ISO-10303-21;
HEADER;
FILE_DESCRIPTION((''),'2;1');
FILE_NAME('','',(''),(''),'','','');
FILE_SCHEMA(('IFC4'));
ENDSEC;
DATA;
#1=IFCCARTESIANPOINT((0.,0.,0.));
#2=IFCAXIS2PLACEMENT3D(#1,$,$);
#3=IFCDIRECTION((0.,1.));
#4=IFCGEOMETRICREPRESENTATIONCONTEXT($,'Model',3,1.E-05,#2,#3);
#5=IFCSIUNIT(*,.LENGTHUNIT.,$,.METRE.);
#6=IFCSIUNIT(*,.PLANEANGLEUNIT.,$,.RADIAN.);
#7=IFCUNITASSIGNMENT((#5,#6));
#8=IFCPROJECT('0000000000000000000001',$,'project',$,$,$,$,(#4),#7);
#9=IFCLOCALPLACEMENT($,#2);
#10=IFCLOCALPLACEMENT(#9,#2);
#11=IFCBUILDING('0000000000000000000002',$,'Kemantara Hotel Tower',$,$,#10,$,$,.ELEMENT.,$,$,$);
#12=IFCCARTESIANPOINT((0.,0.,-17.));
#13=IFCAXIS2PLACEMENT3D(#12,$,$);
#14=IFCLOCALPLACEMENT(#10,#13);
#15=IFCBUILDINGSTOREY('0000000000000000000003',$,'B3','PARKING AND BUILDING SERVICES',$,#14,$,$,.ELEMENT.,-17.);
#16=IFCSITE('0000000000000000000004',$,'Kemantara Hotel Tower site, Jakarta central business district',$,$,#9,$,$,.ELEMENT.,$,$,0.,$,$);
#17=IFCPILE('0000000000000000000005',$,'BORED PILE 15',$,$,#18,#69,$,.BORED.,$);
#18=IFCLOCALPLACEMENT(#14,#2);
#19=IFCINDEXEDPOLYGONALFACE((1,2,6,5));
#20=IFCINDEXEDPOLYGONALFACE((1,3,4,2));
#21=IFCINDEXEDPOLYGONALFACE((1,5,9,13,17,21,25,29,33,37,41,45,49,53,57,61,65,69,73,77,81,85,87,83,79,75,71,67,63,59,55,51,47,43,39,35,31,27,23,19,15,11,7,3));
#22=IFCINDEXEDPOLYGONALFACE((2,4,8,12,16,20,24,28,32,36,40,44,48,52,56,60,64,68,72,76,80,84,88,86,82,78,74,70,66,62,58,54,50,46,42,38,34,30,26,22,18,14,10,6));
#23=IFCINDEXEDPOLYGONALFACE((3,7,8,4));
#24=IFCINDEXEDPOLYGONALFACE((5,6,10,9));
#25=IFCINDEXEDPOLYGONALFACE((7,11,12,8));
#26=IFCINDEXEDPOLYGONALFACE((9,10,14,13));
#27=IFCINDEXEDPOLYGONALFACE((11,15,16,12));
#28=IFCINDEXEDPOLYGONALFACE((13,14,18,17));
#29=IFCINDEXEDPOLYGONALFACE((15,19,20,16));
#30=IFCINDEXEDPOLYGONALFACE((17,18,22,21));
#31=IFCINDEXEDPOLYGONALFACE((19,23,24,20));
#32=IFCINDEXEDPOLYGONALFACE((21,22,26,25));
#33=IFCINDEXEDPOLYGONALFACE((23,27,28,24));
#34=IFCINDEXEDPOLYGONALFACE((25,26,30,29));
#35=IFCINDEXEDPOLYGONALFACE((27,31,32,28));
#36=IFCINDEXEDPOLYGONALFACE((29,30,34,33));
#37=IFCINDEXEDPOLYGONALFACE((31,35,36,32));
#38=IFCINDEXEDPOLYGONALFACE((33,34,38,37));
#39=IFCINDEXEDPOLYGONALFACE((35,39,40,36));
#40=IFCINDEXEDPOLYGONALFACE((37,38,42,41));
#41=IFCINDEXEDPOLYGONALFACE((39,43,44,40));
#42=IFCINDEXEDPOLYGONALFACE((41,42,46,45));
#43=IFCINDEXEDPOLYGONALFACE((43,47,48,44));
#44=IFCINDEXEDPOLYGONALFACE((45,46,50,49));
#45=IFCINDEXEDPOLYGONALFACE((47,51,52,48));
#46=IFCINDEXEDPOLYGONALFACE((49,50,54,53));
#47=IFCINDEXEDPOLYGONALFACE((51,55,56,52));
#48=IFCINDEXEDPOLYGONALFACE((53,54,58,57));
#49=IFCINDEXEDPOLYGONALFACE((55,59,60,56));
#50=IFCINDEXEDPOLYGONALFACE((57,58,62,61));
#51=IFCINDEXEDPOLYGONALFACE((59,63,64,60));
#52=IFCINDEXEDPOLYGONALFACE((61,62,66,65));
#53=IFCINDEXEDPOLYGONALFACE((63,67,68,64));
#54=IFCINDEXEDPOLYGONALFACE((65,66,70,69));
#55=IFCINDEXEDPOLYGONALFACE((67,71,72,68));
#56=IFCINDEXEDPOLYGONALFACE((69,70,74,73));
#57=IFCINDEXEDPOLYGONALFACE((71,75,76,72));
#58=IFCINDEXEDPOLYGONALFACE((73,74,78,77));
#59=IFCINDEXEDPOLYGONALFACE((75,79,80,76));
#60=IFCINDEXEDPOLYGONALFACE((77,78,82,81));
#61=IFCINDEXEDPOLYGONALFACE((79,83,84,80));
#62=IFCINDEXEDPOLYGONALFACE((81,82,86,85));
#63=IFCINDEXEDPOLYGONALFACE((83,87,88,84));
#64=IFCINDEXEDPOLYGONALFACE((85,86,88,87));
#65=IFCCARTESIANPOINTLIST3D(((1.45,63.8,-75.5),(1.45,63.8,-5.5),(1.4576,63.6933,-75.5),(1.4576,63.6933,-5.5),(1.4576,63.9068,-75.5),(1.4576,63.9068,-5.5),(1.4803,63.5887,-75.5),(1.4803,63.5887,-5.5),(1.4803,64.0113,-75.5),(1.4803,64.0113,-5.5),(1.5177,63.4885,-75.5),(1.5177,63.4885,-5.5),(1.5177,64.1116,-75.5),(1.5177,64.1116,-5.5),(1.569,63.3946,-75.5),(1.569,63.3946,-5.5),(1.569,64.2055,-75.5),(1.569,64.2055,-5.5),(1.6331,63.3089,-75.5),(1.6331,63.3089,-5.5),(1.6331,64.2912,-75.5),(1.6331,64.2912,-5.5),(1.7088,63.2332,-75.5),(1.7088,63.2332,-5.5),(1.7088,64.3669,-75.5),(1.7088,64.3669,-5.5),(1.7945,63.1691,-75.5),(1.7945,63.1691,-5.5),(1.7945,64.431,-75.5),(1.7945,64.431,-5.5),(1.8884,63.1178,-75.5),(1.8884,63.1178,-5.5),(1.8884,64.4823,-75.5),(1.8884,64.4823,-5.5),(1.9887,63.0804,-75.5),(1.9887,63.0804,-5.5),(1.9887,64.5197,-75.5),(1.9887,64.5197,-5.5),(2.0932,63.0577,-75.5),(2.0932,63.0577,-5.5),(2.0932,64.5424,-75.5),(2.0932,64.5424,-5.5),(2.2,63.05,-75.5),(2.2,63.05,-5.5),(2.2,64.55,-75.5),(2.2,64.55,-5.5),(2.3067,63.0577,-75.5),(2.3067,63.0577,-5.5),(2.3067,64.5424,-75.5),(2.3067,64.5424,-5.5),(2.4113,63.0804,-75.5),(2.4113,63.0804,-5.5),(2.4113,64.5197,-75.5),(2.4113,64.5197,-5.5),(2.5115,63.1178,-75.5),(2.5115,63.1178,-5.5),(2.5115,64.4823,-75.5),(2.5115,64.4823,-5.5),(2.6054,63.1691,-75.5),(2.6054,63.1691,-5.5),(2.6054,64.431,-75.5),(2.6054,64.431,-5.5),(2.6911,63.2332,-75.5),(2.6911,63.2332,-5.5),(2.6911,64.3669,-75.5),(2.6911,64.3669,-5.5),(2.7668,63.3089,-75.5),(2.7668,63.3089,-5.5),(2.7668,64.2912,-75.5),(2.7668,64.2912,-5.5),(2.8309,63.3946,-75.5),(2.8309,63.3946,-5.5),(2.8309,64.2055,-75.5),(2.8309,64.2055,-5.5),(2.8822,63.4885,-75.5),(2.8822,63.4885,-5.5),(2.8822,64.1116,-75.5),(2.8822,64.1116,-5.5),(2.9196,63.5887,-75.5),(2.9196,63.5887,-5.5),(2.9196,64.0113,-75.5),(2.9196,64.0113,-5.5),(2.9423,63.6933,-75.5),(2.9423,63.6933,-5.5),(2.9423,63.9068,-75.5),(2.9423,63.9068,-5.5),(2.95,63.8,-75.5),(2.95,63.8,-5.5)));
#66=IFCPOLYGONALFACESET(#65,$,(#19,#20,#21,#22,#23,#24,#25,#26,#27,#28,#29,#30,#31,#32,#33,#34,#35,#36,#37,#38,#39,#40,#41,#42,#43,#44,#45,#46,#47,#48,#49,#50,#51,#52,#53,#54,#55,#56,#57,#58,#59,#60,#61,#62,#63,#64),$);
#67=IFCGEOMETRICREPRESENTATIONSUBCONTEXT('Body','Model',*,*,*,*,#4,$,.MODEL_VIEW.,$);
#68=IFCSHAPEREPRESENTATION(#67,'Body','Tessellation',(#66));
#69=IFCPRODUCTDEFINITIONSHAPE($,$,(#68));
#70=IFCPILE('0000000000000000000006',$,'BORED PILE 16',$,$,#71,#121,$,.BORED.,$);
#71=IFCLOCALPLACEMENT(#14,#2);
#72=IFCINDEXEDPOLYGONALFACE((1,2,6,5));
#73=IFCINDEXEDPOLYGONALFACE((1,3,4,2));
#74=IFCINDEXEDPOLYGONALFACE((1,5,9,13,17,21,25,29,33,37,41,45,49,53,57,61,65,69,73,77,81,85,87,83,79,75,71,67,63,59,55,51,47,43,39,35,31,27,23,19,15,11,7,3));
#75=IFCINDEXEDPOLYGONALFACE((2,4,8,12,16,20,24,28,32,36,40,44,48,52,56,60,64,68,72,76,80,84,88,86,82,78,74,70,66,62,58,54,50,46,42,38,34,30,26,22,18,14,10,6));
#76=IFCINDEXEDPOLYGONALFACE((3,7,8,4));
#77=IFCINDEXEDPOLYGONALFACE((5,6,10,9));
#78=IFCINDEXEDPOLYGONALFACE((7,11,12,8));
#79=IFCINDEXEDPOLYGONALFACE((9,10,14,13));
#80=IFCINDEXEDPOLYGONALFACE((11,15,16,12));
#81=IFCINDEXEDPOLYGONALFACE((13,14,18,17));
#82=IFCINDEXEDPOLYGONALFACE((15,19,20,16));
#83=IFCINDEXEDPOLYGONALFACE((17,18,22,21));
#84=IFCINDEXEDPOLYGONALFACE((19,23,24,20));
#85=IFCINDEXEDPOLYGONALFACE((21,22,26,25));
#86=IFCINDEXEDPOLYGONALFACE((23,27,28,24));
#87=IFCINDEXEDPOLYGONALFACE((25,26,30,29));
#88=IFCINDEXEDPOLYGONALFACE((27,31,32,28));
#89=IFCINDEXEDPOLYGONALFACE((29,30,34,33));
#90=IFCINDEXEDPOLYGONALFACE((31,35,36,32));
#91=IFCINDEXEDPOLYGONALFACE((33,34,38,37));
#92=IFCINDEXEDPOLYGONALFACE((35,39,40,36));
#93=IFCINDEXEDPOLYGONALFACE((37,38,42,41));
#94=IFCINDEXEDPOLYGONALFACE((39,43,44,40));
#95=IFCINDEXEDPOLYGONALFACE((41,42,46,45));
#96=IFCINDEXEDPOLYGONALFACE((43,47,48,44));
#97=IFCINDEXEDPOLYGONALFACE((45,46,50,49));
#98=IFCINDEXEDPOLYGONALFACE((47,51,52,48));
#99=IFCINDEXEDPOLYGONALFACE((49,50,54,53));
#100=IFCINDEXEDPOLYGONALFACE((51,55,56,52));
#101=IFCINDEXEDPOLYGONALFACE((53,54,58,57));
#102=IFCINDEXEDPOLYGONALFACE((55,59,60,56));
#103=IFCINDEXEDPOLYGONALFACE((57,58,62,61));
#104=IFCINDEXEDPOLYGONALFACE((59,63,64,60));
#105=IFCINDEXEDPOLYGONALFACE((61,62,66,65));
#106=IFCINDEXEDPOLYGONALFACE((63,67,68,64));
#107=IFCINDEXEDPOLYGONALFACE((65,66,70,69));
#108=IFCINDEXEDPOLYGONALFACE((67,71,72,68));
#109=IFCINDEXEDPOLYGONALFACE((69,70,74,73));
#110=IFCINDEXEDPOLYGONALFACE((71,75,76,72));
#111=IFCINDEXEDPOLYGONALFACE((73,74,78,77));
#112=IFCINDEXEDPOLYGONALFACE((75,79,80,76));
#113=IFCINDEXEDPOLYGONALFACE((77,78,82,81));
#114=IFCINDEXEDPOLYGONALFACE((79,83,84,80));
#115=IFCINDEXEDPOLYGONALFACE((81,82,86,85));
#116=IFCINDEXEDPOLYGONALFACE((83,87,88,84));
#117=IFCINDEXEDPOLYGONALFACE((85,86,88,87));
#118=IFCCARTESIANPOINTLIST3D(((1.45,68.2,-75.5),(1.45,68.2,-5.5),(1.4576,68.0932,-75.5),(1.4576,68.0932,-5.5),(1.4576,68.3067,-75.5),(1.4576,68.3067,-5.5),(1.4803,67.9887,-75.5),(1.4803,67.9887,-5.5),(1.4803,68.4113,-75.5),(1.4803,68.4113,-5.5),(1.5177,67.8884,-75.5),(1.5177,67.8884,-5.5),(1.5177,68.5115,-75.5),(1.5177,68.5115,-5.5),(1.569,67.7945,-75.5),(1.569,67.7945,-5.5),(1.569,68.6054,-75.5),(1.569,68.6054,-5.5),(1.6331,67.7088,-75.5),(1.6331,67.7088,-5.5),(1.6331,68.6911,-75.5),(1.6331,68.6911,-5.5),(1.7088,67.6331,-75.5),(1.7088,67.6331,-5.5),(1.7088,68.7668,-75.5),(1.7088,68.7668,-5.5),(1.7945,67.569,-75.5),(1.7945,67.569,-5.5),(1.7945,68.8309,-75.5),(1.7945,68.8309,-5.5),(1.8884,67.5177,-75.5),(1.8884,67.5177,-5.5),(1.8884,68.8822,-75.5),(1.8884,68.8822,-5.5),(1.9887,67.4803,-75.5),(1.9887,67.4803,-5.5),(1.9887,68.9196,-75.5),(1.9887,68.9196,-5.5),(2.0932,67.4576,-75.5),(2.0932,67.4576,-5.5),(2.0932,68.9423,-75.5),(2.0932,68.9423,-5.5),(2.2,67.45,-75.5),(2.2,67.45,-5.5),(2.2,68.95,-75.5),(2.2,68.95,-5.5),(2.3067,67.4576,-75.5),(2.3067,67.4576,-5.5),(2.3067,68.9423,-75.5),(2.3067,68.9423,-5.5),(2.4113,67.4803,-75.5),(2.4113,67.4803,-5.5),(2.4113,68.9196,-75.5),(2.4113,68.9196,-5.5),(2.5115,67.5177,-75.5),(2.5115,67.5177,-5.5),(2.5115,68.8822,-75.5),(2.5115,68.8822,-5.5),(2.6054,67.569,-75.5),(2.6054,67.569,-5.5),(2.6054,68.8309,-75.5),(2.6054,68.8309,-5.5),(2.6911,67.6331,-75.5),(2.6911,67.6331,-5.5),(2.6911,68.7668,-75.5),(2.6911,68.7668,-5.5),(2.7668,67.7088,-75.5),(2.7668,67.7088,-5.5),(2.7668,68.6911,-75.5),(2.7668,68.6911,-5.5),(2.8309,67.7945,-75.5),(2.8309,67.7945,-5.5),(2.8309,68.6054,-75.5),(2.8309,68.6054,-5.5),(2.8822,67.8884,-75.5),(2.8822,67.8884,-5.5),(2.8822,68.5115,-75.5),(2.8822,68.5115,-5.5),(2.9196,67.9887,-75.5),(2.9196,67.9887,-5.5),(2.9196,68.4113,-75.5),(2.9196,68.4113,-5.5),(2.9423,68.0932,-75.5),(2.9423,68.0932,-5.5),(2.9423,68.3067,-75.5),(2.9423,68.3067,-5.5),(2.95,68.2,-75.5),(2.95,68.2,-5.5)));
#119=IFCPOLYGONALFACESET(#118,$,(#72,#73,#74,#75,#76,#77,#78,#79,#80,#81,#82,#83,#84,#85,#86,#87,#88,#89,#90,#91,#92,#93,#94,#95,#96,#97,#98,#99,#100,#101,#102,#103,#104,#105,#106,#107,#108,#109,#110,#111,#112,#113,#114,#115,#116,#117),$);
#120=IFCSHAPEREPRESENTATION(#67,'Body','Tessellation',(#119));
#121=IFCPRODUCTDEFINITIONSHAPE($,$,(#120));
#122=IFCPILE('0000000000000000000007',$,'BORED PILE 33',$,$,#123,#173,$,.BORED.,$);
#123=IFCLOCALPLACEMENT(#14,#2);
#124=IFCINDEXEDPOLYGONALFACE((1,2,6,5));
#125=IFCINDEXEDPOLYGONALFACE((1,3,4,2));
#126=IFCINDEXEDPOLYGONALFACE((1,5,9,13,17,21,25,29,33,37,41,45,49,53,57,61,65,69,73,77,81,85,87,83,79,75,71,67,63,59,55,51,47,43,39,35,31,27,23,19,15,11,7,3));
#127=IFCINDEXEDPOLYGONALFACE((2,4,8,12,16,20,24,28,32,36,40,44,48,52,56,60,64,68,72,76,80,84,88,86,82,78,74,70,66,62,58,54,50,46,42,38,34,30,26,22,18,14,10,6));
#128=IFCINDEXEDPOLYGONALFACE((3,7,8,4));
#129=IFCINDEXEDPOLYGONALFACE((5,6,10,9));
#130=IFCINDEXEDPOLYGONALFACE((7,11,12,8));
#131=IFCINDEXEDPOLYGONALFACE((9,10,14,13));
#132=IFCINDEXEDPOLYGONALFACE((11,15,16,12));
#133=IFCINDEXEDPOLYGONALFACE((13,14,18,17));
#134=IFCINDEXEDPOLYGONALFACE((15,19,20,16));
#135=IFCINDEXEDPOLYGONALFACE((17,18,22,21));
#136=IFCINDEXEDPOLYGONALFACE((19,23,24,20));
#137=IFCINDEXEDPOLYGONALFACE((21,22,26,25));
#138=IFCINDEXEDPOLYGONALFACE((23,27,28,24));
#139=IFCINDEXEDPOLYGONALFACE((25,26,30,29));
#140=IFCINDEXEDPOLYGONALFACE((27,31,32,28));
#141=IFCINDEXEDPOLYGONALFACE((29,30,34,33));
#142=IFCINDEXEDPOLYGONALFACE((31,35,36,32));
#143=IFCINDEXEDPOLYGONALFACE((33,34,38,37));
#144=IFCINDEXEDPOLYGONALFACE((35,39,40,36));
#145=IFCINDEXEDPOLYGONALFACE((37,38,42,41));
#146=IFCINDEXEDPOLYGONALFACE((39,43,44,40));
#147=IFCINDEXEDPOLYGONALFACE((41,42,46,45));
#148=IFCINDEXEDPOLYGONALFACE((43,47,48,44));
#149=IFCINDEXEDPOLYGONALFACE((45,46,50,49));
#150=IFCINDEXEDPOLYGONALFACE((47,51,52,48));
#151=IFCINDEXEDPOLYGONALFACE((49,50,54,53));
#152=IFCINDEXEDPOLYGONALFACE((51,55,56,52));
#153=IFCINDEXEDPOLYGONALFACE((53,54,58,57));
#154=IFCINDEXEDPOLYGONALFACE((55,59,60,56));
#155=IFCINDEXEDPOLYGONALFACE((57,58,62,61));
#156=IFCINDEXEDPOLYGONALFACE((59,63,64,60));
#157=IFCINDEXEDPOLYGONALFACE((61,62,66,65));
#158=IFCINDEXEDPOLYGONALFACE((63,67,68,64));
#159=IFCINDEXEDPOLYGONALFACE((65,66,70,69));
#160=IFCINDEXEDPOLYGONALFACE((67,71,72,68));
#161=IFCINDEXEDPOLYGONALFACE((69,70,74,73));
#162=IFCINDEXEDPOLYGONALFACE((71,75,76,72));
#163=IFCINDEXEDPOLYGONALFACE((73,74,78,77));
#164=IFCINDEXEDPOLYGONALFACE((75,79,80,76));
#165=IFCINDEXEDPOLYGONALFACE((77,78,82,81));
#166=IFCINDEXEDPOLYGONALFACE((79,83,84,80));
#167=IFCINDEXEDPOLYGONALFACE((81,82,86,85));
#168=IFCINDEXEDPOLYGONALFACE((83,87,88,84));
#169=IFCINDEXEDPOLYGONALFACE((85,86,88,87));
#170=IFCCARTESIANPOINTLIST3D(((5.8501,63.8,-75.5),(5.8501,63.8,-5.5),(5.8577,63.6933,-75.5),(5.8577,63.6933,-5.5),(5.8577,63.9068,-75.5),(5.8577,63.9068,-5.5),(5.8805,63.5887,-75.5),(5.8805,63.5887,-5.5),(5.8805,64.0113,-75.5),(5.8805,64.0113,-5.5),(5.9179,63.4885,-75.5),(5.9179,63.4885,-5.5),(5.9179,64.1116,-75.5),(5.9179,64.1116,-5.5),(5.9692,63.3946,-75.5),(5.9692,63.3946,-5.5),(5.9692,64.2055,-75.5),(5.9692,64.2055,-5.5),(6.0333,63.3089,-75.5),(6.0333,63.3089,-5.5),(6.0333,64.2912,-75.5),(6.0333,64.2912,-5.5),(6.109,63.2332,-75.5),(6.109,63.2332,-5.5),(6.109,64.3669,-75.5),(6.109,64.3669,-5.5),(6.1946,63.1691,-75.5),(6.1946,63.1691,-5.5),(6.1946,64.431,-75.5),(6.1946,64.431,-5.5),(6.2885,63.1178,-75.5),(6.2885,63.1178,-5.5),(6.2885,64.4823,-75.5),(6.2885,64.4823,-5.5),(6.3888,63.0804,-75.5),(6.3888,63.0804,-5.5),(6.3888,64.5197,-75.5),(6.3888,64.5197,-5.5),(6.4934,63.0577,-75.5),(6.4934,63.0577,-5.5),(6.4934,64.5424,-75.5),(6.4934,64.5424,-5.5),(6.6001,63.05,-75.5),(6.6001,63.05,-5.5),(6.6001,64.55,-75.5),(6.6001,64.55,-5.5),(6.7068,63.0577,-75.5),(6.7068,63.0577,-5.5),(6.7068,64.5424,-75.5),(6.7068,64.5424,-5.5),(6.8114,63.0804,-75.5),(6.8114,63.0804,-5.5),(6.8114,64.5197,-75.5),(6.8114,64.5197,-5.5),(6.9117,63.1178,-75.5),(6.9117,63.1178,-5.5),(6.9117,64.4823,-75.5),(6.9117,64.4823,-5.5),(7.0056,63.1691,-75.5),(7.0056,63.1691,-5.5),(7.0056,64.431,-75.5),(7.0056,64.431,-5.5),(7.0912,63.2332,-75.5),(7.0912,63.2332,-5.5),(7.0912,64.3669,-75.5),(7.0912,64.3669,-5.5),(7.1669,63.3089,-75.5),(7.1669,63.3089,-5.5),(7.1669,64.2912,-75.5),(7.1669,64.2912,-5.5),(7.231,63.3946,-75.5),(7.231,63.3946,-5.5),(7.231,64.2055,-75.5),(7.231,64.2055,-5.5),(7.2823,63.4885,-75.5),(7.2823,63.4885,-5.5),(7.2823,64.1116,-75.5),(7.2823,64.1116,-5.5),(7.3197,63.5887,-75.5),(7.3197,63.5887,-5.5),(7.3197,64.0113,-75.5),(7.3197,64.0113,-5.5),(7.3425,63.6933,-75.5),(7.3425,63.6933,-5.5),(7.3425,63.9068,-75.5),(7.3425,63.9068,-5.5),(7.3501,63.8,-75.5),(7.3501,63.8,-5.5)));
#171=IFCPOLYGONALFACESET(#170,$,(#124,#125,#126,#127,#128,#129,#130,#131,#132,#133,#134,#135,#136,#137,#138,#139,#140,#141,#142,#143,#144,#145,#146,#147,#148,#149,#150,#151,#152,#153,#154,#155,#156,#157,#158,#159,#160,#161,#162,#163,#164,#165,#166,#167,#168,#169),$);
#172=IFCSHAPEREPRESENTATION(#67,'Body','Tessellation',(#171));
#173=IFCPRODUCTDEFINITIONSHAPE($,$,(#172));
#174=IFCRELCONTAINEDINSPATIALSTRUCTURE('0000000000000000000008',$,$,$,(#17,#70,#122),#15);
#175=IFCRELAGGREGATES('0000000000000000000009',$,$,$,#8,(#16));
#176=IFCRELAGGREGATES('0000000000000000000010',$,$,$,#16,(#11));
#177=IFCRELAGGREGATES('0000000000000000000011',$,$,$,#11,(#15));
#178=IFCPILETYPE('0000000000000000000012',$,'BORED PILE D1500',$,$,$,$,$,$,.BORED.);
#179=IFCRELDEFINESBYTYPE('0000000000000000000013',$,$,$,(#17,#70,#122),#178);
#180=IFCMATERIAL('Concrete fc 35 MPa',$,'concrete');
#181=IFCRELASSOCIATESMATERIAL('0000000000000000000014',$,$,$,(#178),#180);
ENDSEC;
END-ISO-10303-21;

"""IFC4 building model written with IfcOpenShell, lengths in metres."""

from ifc_helpers import new_model, si_unit, direction, frame, origin, origin_2d, place, context, subcontext, project, spatial, circle, extrude, material, material_profile, profile_set, type_object, element, save


model = new_model("IFC4")

# Units and contexts
model_context = context("Model", 3, precision=1e-05, world=origin(), true_north=direction((0.0, 1.0)))
body_context = subcontext(model_context, "Body", "Model", "MODEL_VIEW")
ifc_project = project(units=[si_unit("LENGTHUNIT", "METRE"), si_unit("PLANEANGLEUNIT", "RADIAN")], contexts=[model_context])

# Site, building, storey
site_placement = place(None, origin())
site = spatial("IfcSite", under=ifc_project, at=site_placement, Name="Kemantara Hotel Tower site, Jakarta central business district", CompositionType="ELEMENT", RefElevation=0.0)
building_placement = place(site_placement, origin())
building = spatial("IfcBuilding", under=site, at=building_placement, Name="Kemantara Hotel Tower", CompositionType="ELEMENT")
storey_placement = place(building_placement, frame((0.0, 0.0, -17.0)))
storey = spatial("IfcBuildingStorey", under=building, at=storey_placement, Name="B3", Description="PARKING AND BUILDING SERVICES", CompositionType="ELEMENT", Elevation=-17.0)

# Piles
ifc_material_1 = material(Name="Concrete fc 35 MPa", Category="concrete")
ifc_material_profile_1 = material_profile(ifc_material_1, circle(Radius=0.75, at=origin_2d()), Name="BORED PILE D1500")
ifc_profile_set_1 = profile_set([ifc_material_profile_1], Name="Concrete fc 35 MPa")
pile_type = type_object("IfcPileType", Name="BORED PILE D1500", PredefinedType="BORED", material=ifc_profile_set_1)
for number, where, z_axis, x_axis, name in (
    (1, (2.2, 63.8, -5.5), (0.0, 0.0, -1.0), (1.0, 0.0, 0.0), "BORED PILE 15"),
    (2, (2.2, 68.2, -5.5), (0.0, 0.0, -1.0), (1.0, 0.0, 0.0), "BORED PILE 16"),
    (3, (6.6001, 63.8, -5.5), (0.0, 0.0, -1.0), (1.0, 0.0, 0.0), "BORED PILE 33"),
):
    element("IfcPile", number, at=place(storey_placement, frame(where, z_axis=z_axis, x_axis=x_axis)), inside=storey, type_object=pile_type, Name=name, PredefinedType="BORED", context=body_context, shape_type="SweptSolid", body=[
        extrude(circle(Radius=0.75, at=origin_2d()), origin(), (0.0, 0.0, 1.0), 70.0),
    ])

save(model, "model.ifc")
